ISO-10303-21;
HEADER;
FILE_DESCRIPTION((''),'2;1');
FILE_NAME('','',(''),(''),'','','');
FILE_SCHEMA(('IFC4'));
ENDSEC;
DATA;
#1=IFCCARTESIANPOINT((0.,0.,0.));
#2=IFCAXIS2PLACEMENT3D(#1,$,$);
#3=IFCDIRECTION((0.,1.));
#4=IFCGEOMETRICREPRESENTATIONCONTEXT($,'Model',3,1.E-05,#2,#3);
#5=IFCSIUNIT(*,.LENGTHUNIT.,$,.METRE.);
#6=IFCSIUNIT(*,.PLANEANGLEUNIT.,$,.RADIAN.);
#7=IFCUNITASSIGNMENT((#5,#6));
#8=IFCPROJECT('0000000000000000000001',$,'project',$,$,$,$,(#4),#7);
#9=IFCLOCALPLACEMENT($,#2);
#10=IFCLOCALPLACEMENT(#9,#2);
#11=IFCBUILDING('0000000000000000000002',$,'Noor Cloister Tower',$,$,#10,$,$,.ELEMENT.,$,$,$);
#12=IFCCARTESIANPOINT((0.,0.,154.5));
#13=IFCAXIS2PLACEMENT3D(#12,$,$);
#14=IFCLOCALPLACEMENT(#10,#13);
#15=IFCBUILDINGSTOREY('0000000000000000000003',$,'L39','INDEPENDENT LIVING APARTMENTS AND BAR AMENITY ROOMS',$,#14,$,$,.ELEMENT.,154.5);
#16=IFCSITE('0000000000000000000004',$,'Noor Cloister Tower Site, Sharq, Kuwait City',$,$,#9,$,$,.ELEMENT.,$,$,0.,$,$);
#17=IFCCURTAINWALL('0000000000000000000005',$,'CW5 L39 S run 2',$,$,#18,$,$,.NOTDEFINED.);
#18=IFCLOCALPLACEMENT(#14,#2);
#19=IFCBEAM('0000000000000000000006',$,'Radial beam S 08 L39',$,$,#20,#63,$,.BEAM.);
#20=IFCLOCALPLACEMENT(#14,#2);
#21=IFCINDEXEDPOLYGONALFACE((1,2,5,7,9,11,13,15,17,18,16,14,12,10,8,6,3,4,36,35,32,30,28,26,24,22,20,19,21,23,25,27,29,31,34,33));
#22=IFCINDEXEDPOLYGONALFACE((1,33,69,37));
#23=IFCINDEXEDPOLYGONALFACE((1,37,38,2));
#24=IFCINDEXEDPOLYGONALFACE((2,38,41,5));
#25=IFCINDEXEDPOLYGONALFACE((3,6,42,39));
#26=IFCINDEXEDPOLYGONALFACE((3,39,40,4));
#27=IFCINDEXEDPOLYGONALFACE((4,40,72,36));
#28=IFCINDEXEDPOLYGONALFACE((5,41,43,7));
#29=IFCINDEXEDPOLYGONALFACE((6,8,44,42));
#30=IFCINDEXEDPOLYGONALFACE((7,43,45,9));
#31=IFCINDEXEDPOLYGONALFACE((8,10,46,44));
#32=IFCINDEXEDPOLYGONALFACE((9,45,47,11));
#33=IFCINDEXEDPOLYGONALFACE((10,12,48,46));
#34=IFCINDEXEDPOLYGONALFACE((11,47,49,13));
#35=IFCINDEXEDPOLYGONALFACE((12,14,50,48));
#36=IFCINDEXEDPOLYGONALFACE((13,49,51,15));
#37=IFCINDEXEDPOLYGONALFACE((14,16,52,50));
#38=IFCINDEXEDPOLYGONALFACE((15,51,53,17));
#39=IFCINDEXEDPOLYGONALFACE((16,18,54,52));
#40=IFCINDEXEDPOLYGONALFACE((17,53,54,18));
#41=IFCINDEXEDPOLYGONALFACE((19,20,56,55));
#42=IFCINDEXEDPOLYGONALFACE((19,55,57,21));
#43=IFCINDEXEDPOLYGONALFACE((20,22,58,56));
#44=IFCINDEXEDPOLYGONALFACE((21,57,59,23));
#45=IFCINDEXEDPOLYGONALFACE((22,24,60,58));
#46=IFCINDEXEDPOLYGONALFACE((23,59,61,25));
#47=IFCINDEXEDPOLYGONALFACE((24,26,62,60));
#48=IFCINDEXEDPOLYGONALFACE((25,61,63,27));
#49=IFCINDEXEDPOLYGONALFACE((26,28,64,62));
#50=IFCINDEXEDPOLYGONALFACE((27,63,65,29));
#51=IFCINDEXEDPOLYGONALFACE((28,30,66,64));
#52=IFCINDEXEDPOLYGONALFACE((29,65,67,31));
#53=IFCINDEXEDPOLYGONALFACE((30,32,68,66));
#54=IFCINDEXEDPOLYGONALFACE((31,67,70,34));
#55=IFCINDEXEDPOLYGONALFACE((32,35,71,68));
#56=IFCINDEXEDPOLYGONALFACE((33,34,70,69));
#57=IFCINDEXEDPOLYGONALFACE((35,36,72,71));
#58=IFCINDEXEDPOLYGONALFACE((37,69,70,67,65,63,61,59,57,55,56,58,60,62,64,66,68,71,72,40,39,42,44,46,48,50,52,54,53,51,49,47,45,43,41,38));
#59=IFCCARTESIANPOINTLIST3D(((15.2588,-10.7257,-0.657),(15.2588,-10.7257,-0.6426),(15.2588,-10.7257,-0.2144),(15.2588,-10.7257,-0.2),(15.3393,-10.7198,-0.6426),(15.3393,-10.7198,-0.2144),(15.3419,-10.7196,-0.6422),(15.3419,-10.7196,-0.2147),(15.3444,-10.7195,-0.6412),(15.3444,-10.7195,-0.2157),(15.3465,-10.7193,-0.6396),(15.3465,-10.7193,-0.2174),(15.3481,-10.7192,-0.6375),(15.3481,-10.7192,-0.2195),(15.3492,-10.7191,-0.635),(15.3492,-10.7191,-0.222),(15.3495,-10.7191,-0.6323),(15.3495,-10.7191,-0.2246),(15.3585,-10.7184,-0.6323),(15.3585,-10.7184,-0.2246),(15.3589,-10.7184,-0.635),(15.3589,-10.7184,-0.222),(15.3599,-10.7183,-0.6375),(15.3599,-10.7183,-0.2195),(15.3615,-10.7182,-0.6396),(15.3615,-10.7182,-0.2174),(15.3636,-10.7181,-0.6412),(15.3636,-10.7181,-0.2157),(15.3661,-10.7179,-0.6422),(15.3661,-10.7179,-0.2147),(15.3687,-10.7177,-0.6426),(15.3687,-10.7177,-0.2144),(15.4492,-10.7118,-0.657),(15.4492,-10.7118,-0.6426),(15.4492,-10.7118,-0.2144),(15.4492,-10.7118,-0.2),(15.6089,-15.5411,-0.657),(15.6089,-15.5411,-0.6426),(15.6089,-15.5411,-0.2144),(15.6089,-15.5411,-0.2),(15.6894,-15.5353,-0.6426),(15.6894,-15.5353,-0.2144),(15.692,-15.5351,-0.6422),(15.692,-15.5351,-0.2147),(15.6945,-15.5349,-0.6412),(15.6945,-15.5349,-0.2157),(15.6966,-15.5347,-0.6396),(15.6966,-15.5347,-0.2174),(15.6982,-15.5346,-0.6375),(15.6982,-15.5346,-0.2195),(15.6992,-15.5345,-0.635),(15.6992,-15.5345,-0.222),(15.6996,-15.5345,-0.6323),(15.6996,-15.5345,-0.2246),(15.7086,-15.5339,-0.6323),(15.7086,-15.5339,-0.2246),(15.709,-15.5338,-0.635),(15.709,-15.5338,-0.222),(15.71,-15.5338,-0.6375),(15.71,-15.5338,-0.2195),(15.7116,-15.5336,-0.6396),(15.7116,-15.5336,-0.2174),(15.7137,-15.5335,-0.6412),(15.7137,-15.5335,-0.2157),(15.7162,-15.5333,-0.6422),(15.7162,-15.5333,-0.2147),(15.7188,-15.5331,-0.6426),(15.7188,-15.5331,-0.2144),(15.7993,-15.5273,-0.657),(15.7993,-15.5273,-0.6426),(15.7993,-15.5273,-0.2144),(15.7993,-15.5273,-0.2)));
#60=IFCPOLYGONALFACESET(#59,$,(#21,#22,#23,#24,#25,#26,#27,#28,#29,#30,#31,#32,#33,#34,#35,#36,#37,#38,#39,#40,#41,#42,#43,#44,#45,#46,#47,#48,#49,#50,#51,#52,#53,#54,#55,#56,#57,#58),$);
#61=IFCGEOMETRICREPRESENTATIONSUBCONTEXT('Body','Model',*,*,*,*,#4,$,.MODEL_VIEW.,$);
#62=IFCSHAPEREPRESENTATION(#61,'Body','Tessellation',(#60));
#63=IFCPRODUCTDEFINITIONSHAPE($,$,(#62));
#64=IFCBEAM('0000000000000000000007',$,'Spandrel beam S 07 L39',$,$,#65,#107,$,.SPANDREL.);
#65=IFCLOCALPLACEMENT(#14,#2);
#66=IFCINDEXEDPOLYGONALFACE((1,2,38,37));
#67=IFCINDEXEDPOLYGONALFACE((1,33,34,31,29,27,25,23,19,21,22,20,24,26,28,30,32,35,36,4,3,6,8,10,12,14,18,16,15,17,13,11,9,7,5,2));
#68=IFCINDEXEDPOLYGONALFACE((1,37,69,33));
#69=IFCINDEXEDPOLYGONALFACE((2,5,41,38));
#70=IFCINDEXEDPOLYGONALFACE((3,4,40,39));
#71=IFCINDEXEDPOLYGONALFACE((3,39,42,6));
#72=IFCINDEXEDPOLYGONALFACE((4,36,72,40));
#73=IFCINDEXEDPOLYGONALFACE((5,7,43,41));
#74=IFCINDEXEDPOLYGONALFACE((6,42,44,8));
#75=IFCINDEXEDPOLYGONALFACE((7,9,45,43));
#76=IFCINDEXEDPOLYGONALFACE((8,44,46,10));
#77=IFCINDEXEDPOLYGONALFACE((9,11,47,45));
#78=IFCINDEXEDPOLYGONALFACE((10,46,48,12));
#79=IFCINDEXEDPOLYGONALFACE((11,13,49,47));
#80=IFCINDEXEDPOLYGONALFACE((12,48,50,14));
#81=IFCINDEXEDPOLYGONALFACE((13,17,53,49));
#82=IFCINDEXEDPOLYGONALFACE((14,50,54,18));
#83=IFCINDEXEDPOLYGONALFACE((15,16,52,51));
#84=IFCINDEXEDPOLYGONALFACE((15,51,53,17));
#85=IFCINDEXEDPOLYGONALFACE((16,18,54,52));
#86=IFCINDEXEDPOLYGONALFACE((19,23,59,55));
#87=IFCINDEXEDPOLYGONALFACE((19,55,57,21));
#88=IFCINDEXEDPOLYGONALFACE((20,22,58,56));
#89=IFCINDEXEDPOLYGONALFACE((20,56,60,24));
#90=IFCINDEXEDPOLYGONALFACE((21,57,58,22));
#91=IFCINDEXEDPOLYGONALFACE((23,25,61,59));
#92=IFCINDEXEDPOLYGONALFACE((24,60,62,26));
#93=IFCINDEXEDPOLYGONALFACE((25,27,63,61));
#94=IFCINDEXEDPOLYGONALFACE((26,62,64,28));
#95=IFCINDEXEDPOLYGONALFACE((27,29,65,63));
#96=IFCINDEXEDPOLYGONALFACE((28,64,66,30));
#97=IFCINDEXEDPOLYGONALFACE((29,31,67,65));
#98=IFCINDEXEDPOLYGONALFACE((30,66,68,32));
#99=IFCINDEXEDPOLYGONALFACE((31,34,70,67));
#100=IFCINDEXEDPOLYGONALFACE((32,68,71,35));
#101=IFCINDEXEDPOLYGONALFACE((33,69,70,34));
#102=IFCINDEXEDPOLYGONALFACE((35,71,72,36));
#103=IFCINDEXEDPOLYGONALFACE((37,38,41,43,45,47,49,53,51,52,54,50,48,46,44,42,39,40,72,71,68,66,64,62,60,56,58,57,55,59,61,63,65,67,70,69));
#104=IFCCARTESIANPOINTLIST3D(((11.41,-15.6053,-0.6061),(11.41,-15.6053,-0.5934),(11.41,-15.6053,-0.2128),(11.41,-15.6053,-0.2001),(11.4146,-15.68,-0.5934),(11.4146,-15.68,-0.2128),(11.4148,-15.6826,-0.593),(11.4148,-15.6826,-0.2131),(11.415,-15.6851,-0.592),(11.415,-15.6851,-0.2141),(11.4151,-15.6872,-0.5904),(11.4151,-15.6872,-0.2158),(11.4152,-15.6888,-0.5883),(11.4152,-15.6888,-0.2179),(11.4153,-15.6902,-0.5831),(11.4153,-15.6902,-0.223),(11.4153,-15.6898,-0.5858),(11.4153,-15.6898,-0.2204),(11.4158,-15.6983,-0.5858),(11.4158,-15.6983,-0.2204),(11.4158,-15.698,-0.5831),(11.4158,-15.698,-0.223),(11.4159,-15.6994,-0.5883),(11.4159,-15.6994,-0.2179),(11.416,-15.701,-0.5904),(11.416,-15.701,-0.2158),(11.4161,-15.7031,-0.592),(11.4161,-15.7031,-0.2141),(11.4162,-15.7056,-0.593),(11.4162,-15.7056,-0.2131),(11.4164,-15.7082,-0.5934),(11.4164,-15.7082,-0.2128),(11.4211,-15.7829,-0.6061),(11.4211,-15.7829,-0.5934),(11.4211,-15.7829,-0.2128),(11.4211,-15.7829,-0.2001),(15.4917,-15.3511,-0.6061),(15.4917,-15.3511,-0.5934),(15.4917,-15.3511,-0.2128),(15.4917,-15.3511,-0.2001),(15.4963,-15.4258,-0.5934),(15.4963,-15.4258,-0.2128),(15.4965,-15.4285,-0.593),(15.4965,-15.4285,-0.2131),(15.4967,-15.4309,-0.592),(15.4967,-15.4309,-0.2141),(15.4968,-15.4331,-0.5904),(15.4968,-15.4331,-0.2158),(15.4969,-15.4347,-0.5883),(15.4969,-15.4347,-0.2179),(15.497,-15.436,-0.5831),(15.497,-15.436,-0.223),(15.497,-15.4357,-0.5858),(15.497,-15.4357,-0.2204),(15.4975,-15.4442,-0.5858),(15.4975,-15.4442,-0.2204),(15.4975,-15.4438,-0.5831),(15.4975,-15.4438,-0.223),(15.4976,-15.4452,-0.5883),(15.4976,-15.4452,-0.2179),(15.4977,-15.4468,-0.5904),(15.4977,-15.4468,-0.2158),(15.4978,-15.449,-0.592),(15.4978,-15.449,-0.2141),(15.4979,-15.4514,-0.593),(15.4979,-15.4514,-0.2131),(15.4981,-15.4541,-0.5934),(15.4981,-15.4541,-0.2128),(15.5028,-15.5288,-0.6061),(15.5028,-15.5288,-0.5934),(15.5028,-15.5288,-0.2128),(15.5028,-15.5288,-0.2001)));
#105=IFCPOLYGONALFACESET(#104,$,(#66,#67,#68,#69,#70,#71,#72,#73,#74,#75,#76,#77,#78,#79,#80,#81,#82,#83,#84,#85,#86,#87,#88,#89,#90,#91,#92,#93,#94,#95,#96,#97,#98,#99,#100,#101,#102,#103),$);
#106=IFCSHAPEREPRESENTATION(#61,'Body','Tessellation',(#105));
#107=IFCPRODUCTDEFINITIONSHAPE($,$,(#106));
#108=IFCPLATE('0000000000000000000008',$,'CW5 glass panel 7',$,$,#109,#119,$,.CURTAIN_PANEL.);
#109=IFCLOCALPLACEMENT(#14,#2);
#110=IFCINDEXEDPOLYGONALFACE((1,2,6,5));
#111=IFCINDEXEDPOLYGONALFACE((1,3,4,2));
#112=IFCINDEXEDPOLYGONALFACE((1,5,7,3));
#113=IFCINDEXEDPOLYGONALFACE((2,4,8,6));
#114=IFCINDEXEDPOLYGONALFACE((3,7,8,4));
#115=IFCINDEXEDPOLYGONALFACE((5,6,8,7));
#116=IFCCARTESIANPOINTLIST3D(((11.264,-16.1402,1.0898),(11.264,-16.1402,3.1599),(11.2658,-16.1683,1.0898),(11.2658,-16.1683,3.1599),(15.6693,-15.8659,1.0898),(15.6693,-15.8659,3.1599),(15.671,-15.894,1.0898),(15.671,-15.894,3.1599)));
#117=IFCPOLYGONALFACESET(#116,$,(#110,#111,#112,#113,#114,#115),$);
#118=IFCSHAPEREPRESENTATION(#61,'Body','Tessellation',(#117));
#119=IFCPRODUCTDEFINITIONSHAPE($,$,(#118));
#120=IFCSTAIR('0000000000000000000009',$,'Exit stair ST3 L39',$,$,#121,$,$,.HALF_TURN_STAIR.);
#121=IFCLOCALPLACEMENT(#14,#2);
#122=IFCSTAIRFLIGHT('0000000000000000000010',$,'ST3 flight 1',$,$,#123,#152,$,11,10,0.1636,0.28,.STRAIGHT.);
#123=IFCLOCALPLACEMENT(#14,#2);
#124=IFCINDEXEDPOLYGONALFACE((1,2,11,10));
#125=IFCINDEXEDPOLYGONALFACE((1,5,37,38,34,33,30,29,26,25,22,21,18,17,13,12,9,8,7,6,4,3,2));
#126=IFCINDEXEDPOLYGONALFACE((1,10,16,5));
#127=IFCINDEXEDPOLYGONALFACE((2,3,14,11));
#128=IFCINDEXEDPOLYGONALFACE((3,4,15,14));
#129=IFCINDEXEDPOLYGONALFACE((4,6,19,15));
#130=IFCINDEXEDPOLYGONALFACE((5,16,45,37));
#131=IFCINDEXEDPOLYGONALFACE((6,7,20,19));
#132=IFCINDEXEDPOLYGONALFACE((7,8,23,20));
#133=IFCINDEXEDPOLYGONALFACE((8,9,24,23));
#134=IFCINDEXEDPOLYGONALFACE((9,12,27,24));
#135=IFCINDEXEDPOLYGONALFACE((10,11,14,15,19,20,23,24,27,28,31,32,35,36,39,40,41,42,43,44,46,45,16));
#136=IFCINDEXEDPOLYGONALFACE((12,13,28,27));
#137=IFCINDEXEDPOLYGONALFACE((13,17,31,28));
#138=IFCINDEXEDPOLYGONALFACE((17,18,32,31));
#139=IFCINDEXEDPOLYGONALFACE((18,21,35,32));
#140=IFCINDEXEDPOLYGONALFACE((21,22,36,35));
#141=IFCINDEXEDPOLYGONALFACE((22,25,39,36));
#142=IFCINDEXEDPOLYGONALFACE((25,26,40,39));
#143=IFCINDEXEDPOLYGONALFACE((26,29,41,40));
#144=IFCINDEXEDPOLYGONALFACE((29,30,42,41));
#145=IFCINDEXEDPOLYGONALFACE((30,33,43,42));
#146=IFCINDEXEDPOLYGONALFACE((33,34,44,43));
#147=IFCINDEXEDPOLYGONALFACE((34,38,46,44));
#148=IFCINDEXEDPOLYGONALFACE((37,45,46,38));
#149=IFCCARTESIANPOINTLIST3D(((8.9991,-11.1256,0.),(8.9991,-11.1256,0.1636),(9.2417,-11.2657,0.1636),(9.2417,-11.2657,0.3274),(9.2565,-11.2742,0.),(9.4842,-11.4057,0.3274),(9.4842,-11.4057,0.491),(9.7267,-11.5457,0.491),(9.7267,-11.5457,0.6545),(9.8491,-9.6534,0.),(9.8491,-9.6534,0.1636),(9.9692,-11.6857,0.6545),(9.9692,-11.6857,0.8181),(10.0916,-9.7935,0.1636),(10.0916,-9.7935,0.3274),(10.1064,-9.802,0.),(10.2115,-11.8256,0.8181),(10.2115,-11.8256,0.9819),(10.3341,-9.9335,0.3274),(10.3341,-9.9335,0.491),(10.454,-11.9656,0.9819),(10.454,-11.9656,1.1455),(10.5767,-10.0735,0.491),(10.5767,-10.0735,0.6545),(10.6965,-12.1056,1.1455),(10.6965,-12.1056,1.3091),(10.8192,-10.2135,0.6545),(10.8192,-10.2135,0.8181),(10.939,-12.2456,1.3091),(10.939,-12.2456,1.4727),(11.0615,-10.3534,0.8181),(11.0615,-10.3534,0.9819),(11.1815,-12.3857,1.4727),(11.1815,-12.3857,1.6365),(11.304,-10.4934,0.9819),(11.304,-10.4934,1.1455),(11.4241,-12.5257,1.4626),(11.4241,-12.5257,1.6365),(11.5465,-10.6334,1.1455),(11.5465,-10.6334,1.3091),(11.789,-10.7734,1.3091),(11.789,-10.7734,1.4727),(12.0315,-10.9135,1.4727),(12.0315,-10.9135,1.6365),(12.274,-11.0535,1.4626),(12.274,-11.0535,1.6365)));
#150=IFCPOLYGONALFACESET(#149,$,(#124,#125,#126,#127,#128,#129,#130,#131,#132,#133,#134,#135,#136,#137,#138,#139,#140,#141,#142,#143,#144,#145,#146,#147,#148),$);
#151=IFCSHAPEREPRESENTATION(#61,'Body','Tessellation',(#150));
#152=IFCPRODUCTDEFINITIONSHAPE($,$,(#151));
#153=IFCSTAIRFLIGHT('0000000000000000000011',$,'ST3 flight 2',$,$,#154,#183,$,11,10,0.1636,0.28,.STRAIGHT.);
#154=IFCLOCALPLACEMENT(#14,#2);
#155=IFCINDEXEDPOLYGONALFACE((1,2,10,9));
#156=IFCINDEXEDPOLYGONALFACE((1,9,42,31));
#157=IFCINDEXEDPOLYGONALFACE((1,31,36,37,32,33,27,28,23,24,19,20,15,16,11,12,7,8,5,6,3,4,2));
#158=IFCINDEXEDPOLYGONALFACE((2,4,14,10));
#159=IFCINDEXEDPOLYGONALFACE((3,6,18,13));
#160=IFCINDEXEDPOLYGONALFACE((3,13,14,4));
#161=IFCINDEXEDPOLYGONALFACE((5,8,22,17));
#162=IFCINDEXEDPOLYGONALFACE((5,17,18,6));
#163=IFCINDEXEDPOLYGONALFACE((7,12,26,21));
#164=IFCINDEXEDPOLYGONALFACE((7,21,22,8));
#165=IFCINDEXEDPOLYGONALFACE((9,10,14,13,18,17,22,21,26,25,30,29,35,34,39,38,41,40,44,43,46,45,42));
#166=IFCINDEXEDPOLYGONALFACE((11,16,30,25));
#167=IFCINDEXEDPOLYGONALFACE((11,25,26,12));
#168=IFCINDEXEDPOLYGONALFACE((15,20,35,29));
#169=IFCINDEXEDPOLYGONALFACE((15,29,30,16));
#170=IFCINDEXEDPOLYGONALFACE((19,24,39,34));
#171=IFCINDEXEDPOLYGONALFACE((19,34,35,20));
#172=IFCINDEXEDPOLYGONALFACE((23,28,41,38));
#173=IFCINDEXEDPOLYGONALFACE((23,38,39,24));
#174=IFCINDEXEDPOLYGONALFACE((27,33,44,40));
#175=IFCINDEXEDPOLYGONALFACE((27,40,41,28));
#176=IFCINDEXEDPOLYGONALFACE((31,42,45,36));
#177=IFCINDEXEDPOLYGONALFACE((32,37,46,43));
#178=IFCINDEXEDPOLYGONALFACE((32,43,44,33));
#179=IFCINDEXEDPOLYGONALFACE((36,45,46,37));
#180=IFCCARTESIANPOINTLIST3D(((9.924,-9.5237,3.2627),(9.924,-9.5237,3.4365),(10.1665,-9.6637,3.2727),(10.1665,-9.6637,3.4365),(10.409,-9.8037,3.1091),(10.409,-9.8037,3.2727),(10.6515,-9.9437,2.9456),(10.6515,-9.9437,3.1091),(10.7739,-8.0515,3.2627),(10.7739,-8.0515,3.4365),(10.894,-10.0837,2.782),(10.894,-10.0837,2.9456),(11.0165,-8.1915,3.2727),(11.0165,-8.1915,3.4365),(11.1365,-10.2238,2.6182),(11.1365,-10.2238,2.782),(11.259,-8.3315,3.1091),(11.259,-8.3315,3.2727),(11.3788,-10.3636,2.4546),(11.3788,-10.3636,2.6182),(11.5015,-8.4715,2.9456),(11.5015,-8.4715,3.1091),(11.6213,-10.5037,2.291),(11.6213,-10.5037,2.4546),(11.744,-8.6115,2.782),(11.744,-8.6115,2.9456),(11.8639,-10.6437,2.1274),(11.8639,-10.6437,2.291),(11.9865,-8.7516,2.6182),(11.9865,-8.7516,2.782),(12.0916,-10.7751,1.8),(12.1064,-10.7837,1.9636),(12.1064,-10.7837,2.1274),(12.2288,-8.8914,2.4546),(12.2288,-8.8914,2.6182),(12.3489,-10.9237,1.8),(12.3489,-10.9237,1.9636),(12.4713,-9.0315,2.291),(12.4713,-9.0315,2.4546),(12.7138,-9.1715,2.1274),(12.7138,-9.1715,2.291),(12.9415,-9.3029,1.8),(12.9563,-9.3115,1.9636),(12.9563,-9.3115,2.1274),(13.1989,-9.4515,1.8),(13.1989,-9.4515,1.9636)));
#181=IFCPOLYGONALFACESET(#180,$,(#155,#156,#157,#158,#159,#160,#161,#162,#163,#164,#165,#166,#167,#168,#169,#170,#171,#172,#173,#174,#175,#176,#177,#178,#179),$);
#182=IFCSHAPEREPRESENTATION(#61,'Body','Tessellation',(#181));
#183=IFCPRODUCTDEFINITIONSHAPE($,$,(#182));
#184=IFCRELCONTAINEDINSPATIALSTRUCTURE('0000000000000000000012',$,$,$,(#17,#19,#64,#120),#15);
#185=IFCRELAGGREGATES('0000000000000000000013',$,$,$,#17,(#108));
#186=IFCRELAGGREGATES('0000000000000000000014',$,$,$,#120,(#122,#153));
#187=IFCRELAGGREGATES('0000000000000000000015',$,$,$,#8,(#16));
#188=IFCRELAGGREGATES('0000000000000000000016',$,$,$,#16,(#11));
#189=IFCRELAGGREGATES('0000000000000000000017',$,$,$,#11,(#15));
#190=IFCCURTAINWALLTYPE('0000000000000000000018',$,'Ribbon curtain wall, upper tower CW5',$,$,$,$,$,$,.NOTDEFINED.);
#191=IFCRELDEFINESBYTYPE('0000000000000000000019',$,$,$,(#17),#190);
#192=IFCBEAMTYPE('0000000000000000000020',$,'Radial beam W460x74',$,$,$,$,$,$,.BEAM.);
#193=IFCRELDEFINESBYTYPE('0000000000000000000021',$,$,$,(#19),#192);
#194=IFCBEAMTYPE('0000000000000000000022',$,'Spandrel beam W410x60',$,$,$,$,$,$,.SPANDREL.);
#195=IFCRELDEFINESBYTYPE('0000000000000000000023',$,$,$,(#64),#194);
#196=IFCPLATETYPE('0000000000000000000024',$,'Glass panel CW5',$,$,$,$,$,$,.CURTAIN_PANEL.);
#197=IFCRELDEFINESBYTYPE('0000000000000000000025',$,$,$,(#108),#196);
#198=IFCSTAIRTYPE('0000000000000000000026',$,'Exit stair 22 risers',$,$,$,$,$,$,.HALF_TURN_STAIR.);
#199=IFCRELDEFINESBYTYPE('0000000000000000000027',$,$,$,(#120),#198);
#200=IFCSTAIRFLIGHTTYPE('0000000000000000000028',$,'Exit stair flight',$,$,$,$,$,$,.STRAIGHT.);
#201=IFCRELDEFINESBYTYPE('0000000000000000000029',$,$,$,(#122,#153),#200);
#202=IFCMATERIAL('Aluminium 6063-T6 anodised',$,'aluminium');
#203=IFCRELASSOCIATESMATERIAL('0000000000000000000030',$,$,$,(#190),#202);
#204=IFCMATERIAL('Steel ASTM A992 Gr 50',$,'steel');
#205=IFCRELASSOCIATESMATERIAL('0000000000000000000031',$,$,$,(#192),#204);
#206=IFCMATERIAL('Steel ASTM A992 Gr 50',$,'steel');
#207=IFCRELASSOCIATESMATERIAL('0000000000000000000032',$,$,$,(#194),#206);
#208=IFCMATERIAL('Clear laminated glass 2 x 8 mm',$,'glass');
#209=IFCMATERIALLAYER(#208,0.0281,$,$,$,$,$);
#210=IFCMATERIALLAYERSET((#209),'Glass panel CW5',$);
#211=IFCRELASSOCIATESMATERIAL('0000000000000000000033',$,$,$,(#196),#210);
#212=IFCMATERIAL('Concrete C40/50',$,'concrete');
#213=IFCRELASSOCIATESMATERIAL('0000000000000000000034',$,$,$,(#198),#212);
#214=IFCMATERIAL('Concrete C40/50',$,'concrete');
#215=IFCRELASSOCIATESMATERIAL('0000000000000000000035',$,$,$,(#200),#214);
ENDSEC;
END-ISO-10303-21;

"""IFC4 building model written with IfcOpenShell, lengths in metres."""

from ifc_helpers import new_model, si_unit, direction, frame, origin, origin_2d, place, context, subcontext, project, spatial, polyline, rectangle, i_section, outline, extrude, material, layer, layer_set, material_profile, profile_set, type_object, element, aggregate, save


model = new_model("IFC4")

# Units and contexts
model_context = context("Model", 3, precision=1e-05, world=origin(), true_north=direction((0.0, 1.0)))
body_context = subcontext(model_context, "Body", "Model", "MODEL_VIEW")
ifc_project = project(units=[si_unit("LENGTHUNIT", "METRE"), si_unit("PLANEANGLEUNIT", "RADIAN")], contexts=[model_context])

# Site, building, storey
site_placement = place(None, origin())
site = spatial("IfcSite", under=ifc_project, at=site_placement, Name="Noor Cloister Tower Site, Sharq, Kuwait City", CompositionType="ELEMENT", RefElevation=0.0)
building_placement = place(site_placement, origin())
building = spatial("IfcBuilding", under=site, at=building_placement, Name="Noor Cloister Tower", CompositionType="ELEMENT")
storey_placement = place(building_placement, frame((0.0, 0.0, 154.5)))
storey = spatial("IfcBuildingStorey", under=building, at=storey_placement, Name="L39", Description="INDEPENDENT LIVING APARTMENTS AND BAR AMENITY ROOMS", CompositionType="ELEMENT", Elevation=154.5)

# Curtain wall
ifc_material_1 = material(Name="Aluminium 6063-T6 anodised", Category="aluminium")
curtain_wall_type = type_object("IfcCurtainWallType", Name="Ribbon curtain wall, upper tower CW5", PredefinedType="NOTDEFINED", material=ifc_material_1)
curtain_wall_placement = place(storey_placement, origin())
curtain_wall = element("IfcCurtainWall", 1, at=curtain_wall_placement, inside=storey, type_object=curtain_wall_type, Name="CW5 L39 S run 2", PredefinedType="NOTDEFINED")

# Beams
ifc_material_2 = material(Name="Steel ASTM A992 Gr 50", Category="steel")
ifc_material_profile_1 = material_profile(ifc_material_2, i_section(OverallWidth=0.1909, OverallDepth=0.457, WebThickness=0.009, FlangeThickness=0.0144, FilletRadius=0.0103, at=origin_2d()), Name="W460x74")
ifc_profile_set_1 = profile_set([ifc_material_profile_1], Name="Steel ASTM A992 Gr 50")
beam_type_1 = type_object("IfcBeamType", Name="Radial beam W460x74", PredefinedType="BEAM", material=ifc_profile_set_1)
beam_1_placement = place(storey_placement, frame((15.7041, -15.5342, -0.4285), z_axis=(-0.072512, 0.997368, 0.0), x_axis=(-0.997368, -0.072512, 0.0)))
element("IfcBeam", 2, at=beam_1_placement, inside=storey, type_object=beam_type_1, Name="Radial beam S 08 L39", PredefinedType="BEAM", context=body_context, shape_type="SweptSolid", body=[
    extrude(i_section(OverallWidth=0.1909, OverallDepth=0.457, WebThickness=0.009, FlangeThickness=0.0144, FilletRadius=0.0103, at=origin_2d()), origin(), (0.0, 0.0, 1.0), 4.8281),
])
ifc_material_3 = material(Name="Steel ASTM A992 Gr 50", Category="steel")
ifc_material_profile_2 = material_profile(ifc_material_3, i_section(OverallWidth=0.178, OverallDepth=0.406, WebThickness=0.0078, FlangeThickness=0.0127, FilletRadius=0.0103, at=origin_2d()), Name="W410x60")
ifc_profile_set_2 = profile_set([ifc_material_profile_2], Name="Steel ASTM A992 Gr 50")
beam_type_2 = type_object("IfcBeamType", Name="Spandrel beam W410x60", PredefinedType="SPANDREL", material=ifc_profile_set_2)
beam_2_placement = place(storey_placement, frame((11.4155, -15.6941, -0.4031), z_axis=(0.998067, 0.062144, 0.0), x_axis=(-0.062144, 0.998067, 0.0)))
element("IfcBeam", 3, at=beam_2_placement, inside=storey, type_object=beam_type_2, Name="Spandrel beam S 07 L39", PredefinedType="SPANDREL", context=body_context, shape_type="SweptSolid", body=[
    extrude(i_section(OverallWidth=0.178, OverallDepth=0.406, WebThickness=0.0078, FlangeThickness=0.0127, FilletRadius=0.0103, at=origin_2d()), origin(), (0.0, 0.0, 1.0), 4.0896),
])

# Plate
ifc_material_4 = material(Name="Clear laminated glass 2 x 8 mm", Category="glass")
ifc_layer = layer(ifc_material_4, 0.0281)
ifc_layer_set = layer_set([ifc_layer], Name="Glass panel CW5")
plate_type = type_object("IfcPlateType", Name="Glass panel CW5", PredefinedType="CURTAIN_PANEL", material=ifc_layer_set)
plate_placement = place(storey_placement, frame((13.4675, -16.0171, 1.0898), z_axis=(0.0, 0.0, 1.0), x_axis=(0.998067, 0.062146, 0.0)))
plate = element("IfcPlate", 4, at=plate_placement, type_object=plate_type, Name="CW5 glass panel 7", PredefinedType="CURTAIN_PANEL", context=body_context, shape_type="SweptSolid", body=[
    extrude(rectangle(XDim=4.4138, YDim=0.0281, at=origin_2d()), origin(), (0.0, 0.0, 1.0), 2.0701),
])
aggregate(curtain_wall, [plate])

# Stair, stair flights
ifc_material_5 = material(Name="Concrete C40/50", Category="concrete")
stair_type = type_object("IfcStairType", Name="Exit stair 22 risers", PredefinedType="HALF_TURN_STAIR", material=ifc_material_5)
stair_placement = place(storey_placement, origin())
stair = element("IfcStair", 5, at=stair_placement, inside=storey, type_object=stair_type, Name="Exit stair ST3 L39", PredefinedType="HALF_TURN_STAIR")
ifc_material_6 = material(Name="Concrete C40/50", Category="concrete")
stair_flight_type = type_object("IfcStairFlightType", Name="Exit stair flight", PredefinedType="STRAIGHT", material=ifc_material_6)
stair_flight_1_placement = place(storey_placement, frame((9.4241, -10.3896, 0.0), z_axis=(0.0, 0.0, 1.0), x_axis=(0.866025, -0.5, 0.0)))
stair_flight_1 = element("IfcStairFlight", 6, at=stair_flight_1_placement, type_object=stair_flight_type, Name="ST3 flight 1", NumberOfRisers=11, NumberOfTreads=10, PredefinedType="STRAIGHT", RiserHeight=0.1636, TreadLength=0.28, context=body_context, shape_type="SweptSolid", body=[
    extrude(outline(polyline([(0.0, 0.0), (0.0, 0.1636), (0.28, 0.1636), (0.28, 0.3274), (0.5601, 0.3274), (0.5601, 0.491), (0.8401, 0.491), (0.8401, 0.6545), (1.1201, 0.6545), (1.1201, 0.8181), (1.3999, 0.8181), (1.3999, 0.9819), (1.6799, 0.9819), (1.6799, 1.1455), (1.96, 1.1455), (1.96, 1.3091), (2.24, 1.3091), (2.24, 1.4727), (2.52, 1.4727), (2.52, 1.6365), (2.8, 1.6365), (2.8, 1.8), (2.8, 1.4626), (0.2971, 0.0), (0.0, 0.0)])), frame((0.0, 0.8501, 0.0), z_axis=(0.0, -1.0, 0.0), x_axis=(1.0, 0.0, 0.0)), (0.0, 0.0, 1.0), 1.7),
])
stair_flight_2_placement = place(storey_placement, frame((12.7739, -10.1875, 1.8), z_axis=(0.0, 0.0, 1.0), x_axis=(-0.866025, 0.5, 0.0)))
stair_flight_2 = element("IfcStairFlight", 7, at=stair_flight_2_placement, type_object=stair_flight_type, Name="ST3 flight 2", NumberOfRisers=11, NumberOfTreads=10, PredefinedType="STRAIGHT", RiserHeight=0.1636, TreadLength=0.28, context=body_context, shape_type="SweptSolid", body=[
    extrude(outline(polyline([(0.0, 0.0), (0.0, 0.1636), (0.28, 0.1636), (0.28, 0.3274), (0.5601, 0.3274), (0.5601, 0.491), (0.8401, 0.491), (0.8401, 0.6545), (1.1201, 0.6545), (1.1201, 0.8181), (1.3999, 0.8181), (1.3999, 0.9819), (1.6799, 0.9819), (1.6799, 1.1455), (1.96, 1.1455), (1.96, 1.3091), (2.24, 1.3091), (2.24, 1.4727), (2.52, 1.4727), (2.52, 1.6365), (2.8, 1.6365), (2.8, 1.8), (2.8, 1.4626), (0.2971, 0.0), (0.0, 0.0)])), frame((0.0, 0.8501, 0.0), z_axis=(0.0, -1.0, 0.0), x_axis=(1.0, 0.0, 0.0)), (0.0, 0.0, 1.0), 1.7),
])
aggregate(stair, [stair_flight_1, stair_flight_2])

save(model, "model.ifc")
